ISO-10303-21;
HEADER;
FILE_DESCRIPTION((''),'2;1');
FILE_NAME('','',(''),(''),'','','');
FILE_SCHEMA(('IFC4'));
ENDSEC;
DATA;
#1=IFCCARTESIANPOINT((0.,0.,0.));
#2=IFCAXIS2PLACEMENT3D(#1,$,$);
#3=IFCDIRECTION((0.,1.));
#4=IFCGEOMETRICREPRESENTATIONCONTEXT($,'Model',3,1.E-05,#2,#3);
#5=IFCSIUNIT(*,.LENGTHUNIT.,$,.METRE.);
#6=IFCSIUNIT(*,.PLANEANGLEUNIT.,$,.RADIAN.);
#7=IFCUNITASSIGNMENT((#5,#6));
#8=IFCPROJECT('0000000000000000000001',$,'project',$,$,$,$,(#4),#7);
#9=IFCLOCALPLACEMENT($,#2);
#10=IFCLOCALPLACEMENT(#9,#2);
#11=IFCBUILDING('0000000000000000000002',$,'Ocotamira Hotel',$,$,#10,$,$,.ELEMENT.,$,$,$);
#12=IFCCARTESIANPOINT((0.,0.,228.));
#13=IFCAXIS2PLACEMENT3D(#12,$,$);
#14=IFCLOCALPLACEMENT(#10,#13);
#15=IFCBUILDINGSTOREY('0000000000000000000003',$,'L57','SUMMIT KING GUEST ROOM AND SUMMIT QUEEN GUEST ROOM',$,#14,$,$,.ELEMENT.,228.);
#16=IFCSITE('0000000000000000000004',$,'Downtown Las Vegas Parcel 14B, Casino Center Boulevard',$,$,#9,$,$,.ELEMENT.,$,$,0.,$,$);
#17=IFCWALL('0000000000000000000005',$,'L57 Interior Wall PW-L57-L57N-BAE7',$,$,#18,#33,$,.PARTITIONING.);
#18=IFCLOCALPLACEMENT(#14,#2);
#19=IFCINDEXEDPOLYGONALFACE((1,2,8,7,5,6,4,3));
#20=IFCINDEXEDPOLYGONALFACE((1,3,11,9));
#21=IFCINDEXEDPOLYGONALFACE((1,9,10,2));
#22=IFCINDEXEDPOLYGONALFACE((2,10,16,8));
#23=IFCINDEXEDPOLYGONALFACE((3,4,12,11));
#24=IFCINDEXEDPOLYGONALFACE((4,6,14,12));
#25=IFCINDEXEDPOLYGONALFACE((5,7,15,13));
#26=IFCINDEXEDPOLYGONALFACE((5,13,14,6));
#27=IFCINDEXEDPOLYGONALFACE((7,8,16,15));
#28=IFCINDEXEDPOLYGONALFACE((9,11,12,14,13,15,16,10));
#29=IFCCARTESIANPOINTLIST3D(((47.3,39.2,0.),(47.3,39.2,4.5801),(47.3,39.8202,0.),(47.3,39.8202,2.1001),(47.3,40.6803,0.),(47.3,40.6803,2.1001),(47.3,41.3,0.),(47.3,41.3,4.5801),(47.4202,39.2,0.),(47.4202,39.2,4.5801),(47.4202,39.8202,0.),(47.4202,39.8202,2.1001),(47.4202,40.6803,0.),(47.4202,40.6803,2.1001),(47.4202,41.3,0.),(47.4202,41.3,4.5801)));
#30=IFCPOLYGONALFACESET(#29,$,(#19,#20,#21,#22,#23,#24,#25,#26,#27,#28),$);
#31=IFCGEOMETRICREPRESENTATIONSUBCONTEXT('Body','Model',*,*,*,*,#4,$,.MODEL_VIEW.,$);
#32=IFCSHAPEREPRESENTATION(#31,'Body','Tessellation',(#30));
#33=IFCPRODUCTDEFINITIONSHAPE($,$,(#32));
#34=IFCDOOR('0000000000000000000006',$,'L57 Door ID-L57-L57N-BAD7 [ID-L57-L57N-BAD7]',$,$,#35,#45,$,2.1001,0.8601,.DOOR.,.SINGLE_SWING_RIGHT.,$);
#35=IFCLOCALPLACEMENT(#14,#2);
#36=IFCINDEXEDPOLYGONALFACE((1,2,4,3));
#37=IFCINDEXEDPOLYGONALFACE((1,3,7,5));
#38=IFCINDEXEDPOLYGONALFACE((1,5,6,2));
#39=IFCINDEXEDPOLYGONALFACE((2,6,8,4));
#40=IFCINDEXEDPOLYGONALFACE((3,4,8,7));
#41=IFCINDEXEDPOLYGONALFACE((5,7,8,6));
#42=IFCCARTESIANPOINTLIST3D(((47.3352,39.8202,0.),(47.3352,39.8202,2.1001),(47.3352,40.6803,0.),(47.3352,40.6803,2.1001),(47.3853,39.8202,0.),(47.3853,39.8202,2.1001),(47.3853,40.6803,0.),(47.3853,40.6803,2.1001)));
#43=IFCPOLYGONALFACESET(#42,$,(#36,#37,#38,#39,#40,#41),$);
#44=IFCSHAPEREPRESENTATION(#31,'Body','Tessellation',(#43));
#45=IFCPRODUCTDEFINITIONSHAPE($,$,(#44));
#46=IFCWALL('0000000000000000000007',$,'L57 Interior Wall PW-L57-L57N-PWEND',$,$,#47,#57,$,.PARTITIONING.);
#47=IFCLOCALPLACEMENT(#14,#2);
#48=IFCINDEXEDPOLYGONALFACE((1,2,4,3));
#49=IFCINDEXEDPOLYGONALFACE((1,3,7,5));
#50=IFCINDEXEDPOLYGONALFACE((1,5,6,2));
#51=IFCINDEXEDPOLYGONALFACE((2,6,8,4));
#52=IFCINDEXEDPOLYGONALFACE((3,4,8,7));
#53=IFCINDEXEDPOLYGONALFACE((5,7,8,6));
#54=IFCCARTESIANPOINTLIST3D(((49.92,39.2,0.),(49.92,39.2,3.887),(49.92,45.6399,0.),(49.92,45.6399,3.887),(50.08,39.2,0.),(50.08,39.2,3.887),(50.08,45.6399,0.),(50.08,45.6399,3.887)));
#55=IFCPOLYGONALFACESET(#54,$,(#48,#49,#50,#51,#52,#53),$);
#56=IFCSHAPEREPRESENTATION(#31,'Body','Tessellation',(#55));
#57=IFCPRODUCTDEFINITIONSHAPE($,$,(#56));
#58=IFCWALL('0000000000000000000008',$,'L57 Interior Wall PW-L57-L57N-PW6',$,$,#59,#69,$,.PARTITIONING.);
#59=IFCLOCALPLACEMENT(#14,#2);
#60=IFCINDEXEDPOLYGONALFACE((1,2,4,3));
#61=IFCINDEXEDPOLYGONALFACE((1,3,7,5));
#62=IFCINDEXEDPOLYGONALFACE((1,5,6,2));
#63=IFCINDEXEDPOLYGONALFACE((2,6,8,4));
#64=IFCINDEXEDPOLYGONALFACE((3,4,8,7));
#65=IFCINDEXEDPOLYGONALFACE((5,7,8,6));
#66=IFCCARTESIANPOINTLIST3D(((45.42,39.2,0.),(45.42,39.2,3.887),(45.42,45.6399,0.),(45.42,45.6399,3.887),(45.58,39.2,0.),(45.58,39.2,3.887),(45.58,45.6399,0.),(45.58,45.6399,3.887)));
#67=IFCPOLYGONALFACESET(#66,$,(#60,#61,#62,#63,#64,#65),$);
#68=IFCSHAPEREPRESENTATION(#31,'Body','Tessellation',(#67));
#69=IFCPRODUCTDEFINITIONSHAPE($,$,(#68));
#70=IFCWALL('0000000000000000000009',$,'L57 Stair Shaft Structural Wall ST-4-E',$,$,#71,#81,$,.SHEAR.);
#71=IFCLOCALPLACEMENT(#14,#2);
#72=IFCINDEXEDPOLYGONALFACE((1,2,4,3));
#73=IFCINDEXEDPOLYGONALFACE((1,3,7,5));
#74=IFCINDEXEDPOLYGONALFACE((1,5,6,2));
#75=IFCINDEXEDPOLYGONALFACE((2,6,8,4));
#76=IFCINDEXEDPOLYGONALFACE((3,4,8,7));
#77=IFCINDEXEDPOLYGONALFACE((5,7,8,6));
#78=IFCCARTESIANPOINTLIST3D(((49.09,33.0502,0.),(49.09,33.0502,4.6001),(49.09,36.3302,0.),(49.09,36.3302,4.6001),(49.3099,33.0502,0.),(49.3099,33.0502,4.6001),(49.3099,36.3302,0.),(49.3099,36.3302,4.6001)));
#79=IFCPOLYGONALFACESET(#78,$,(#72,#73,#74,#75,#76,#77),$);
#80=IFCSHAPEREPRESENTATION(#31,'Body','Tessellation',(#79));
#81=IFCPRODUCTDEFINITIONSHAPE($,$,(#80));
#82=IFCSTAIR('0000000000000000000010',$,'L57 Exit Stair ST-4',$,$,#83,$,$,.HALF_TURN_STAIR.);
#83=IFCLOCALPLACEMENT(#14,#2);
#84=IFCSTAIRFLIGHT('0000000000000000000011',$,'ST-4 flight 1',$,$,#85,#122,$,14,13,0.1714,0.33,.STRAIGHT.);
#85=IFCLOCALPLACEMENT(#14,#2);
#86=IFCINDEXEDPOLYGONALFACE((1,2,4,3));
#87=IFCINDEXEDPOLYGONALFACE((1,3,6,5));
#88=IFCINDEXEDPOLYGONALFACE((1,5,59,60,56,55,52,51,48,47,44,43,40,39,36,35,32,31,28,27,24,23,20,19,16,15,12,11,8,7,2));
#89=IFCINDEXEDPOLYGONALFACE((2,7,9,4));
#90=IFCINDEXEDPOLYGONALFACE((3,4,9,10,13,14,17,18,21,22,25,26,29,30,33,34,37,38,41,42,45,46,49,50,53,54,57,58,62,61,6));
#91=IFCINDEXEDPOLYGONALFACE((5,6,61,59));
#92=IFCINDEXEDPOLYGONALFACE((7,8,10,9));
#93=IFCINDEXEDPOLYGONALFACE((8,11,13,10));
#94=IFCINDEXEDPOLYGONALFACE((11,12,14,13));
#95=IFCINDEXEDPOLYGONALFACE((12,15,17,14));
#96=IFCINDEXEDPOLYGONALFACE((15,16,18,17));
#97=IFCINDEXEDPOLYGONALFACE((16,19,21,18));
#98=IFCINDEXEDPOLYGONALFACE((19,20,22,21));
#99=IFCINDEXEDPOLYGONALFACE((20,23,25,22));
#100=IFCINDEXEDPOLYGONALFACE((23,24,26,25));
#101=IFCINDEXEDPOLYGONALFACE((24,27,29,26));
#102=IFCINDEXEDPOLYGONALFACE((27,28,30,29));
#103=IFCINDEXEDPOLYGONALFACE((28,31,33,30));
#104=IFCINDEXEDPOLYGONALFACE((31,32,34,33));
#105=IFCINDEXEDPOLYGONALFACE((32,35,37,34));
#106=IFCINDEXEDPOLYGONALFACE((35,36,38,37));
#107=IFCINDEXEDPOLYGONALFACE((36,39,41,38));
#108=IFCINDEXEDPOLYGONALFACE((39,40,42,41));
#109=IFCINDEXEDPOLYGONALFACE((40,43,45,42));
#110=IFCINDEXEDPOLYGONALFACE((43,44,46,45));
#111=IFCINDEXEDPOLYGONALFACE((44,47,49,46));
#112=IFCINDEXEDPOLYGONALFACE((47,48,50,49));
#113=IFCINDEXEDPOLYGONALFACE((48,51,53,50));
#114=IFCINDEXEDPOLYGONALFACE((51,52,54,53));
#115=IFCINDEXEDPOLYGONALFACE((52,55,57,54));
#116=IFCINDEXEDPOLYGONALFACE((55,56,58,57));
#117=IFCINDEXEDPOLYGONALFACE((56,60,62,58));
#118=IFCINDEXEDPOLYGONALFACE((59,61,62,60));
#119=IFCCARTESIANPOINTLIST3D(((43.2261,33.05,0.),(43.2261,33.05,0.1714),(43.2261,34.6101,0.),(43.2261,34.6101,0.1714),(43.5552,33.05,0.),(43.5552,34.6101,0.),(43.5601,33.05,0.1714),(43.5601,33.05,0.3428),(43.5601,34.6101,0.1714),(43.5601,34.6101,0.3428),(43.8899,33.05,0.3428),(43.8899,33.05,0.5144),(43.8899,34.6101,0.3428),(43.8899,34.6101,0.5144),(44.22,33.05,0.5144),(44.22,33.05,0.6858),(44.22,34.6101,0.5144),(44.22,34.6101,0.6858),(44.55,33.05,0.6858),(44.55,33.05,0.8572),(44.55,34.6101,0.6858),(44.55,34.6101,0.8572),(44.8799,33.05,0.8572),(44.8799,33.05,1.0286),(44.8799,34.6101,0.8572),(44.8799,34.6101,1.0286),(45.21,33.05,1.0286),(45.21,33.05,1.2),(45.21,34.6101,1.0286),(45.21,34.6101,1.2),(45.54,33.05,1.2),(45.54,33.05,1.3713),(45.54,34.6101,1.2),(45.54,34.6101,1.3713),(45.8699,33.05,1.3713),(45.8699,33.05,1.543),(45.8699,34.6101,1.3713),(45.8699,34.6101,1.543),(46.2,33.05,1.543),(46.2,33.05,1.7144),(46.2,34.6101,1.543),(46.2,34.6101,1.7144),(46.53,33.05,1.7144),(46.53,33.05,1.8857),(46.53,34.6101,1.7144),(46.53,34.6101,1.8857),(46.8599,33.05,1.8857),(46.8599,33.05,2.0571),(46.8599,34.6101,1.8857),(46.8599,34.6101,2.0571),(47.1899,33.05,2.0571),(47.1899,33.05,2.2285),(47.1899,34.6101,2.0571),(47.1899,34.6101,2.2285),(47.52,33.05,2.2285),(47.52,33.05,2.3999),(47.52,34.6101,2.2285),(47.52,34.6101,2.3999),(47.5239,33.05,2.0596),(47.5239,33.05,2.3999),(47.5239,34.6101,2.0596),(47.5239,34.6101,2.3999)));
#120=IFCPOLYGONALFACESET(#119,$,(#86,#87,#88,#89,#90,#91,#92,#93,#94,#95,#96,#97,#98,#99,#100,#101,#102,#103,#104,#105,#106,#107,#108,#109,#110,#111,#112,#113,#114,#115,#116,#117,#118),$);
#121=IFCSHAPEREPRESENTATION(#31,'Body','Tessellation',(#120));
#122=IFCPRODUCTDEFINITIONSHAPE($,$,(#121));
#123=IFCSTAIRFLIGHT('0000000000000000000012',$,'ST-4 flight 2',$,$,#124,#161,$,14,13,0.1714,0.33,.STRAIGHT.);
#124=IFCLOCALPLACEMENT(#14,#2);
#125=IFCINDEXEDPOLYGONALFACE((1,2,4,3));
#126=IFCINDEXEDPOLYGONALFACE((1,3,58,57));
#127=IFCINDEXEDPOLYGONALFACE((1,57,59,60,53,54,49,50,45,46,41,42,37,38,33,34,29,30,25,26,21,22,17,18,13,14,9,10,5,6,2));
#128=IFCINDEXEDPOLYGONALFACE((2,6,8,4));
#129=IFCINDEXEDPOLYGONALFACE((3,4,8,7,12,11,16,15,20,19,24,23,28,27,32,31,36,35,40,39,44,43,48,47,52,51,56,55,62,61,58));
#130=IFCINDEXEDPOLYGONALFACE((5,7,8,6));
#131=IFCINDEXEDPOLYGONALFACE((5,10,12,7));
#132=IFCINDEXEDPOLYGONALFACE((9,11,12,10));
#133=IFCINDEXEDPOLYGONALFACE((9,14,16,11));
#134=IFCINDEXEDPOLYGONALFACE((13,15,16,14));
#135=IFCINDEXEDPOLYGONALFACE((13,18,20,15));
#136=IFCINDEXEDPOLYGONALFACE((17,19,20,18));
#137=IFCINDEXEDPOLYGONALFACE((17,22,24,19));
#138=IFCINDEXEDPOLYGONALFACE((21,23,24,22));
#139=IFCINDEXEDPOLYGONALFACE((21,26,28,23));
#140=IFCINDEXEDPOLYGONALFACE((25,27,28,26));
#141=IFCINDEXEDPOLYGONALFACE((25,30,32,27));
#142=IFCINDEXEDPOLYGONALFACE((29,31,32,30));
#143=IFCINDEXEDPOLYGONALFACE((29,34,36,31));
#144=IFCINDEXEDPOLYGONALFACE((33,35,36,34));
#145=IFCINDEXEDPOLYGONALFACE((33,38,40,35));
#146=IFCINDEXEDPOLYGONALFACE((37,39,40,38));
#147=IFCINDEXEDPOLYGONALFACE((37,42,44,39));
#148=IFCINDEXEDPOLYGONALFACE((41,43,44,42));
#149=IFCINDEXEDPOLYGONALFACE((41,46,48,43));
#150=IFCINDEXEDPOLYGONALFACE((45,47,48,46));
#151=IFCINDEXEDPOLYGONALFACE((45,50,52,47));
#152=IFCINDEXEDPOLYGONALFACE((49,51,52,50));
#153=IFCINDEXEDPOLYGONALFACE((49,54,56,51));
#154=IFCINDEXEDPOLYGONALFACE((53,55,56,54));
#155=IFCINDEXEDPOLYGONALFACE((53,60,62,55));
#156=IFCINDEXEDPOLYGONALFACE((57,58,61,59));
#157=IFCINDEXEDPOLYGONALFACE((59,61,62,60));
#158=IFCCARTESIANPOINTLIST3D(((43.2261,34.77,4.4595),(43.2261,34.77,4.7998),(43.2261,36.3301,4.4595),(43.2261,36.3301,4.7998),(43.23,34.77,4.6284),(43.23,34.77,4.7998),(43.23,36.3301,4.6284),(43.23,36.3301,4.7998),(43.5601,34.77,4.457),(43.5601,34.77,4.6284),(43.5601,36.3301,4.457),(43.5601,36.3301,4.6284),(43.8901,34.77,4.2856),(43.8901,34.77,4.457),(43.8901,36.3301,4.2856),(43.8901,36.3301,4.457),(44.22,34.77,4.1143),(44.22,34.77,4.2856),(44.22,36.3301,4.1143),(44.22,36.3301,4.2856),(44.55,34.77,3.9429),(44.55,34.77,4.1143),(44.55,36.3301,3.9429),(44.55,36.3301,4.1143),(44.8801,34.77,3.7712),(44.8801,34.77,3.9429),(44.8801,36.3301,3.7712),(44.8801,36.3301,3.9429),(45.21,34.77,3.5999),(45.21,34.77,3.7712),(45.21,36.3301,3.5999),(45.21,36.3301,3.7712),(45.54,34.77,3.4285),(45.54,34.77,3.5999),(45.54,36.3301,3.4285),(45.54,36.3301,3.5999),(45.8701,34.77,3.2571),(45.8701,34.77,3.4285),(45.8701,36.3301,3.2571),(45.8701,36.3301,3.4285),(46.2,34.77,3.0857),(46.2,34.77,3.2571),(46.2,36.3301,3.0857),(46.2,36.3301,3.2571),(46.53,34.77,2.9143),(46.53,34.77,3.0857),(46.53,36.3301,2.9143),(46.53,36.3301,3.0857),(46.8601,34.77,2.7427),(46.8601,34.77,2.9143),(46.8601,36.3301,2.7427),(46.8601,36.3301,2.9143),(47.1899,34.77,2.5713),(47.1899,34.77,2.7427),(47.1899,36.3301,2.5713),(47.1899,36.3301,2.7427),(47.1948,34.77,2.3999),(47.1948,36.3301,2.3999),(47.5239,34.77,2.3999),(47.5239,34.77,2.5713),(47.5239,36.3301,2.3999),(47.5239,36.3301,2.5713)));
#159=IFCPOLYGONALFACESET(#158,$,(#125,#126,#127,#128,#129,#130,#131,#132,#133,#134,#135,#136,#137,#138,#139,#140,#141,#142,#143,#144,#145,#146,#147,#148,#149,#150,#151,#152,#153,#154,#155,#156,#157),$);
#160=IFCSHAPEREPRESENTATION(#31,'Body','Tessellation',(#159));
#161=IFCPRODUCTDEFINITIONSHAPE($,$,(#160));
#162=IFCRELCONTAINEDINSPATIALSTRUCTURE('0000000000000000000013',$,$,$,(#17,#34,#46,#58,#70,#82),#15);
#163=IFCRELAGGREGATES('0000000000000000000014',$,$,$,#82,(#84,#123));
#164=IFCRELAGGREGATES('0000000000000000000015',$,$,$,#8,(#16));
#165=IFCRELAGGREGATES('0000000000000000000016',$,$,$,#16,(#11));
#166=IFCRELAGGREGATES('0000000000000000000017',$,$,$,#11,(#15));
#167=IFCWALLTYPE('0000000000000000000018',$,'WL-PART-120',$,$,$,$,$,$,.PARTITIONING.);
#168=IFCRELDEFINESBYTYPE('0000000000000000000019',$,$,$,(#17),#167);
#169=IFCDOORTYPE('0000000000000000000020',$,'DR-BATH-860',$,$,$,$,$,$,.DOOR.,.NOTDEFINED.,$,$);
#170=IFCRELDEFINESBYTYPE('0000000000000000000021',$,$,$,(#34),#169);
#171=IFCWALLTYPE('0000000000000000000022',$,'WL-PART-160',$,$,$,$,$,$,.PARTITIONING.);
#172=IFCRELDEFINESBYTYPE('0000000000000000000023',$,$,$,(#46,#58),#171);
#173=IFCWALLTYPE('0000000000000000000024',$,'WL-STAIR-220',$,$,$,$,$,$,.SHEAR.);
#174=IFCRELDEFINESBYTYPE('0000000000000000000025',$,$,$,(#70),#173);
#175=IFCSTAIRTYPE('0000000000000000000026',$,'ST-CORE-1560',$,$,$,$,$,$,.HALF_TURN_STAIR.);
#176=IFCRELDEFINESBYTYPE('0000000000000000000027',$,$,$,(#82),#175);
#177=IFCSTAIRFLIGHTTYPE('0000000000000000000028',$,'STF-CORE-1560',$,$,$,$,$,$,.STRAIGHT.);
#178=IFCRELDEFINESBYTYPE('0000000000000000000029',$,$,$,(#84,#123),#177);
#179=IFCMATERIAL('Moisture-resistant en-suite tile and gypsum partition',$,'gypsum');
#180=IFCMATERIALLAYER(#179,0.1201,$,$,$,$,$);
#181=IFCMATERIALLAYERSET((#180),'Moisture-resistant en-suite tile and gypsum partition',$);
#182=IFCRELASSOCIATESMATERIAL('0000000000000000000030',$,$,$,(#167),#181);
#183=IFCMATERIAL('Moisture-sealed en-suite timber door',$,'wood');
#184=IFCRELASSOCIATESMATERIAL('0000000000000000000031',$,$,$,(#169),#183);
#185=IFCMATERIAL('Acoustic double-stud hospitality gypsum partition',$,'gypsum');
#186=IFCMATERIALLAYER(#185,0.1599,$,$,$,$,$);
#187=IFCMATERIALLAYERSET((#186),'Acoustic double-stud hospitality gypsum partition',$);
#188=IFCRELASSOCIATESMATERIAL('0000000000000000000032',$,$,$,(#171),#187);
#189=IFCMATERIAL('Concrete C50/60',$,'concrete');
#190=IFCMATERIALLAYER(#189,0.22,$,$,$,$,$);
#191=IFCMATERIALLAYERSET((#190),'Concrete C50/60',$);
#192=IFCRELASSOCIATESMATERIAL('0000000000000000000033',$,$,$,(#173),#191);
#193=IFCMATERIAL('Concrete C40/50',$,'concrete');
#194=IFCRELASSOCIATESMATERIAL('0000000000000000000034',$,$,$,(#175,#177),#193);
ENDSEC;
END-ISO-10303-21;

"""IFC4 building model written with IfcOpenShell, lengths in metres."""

from ifc_helpers import new_model, si_unit, direction, frame, frame_2d, origin, place, context, subcontext, project, spatial, polyline, rectangle, outline, extrude, source, transform, mapped, material, layer, layer_set, type_object, element, fill, aggregate, save


model = new_model("IFC4")

# Units and contexts
model_context = context("Model", 3, precision=1e-05, world=origin(), true_north=direction((0.0, 1.0)))
body_context = subcontext(model_context, "Body", "Model", "MODEL_VIEW")
ifc_project = project(units=[si_unit("LENGTHUNIT", "METRE"), si_unit("PLANEANGLEUNIT", "RADIAN")], contexts=[model_context])

# Site, building, storey
site_placement = place(None, origin())
site = spatial("IfcSite", under=ifc_project, at=site_placement, Name="Downtown Las Vegas Parcel 14B, Casino Center Boulevard", CompositionType="ELEMENT", RefElevation=0.0)
building_placement = place(site_placement, origin())
building = spatial("IfcBuilding", under=site, at=building_placement, Name="Ocotamira Hotel", CompositionType="ELEMENT")
storey_placement = place(building_placement, frame((0.0, 0.0, 228.0)))
storey = spatial("IfcBuildingStorey", under=building, at=storey_placement, Name="L57", Description="SUMMIT KING GUEST ROOM AND SUMMIT QUEEN GUEST ROOM", CompositionType="ELEMENT", Elevation=228.0)

# Wall, opening, door
ifc_material_1 = material(Name="Moisture-resistant en-suite tile and gypsum partition", Category="gypsum")
ifc_layer_1 = layer(ifc_material_1, 0.1201)
ifc_layer_set_1 = layer_set([ifc_layer_1], Name="Moisture-resistant en-suite tile and gypsum partition")
wall_type_1 = type_object("IfcWallType", Name="WL-PART-120", PredefinedType="PARTITIONING", material=ifc_layer_set_1)
ifc_material_2 = material(Name="Moisture-sealed en-suite timber door", Category="wood")
door_type_1 = type_object("IfcDoorType", Name="DR-BATH-860", OperationType="NOTDEFINED", PredefinedType="DOOR", material=ifc_material_2)
shared_shape_1 = source(origin(), body_context, "Body", "SweptSolid", [
    extrude(rectangle(XDim=0.8601, YDim=2.1001, at=frame_2d((0.4302, 1.05))), frame((0.0, 0.0249, 0.0), z_axis=(0.0, -1.0, 0.0), x_axis=(1.0, 0.0, 0.0)), (0.0, 0.0, 1.0), 0.05),
])
wall_1_placement = place(storey_placement, frame((47.3601, 39.2, 0.0), z_axis=(0.0, 0.0, 1.0), x_axis=(0.0, 1.0, 0.0)))
wall_1 = element("IfcWall", 1, at=wall_1_placement, inside=storey, type_object=wall_type_1, Name="L57 Interior Wall PW-L57-L57N-BAE7", PredefinedType="PARTITIONING", context=body_context, shape_type="SweptSolid", body=[
    extrude(rectangle(XDim=2.1001, YDim=0.1201, at=frame_2d((1.05, 0.0))), origin(), (0.0, 0.0, 1.0), 4.5801),
])
opening_1_placement = place(wall_1_placement, frame((0.6201, 0.0, 0.0)))
opening_1 = element("IfcOpeningElement", 2, at=opening_1_placement, cuts=wall_1, PredefinedType="OPENING", context=body_context, shape_type="SweptSolid", body=[
    extrude(rectangle(XDim=0.8601, YDim=2.1001, at=frame_2d((0.4302, 1.05))), frame((0.0, 0.0701, 0.0), z_axis=(0.0, -1.0, 0.0), x_axis=(1.0, 0.0, 0.0)), (0.0, 0.0, 1.0), 0.1401),
])
door_1_placement = place(opening_1_placement, origin())
door_1 = element("IfcDoor", 3, at=door_1_placement, inside=storey, type_object=door_type_1, Name="L57 Door ID-L57-L57N-BAD7 [ID-L57-L57N-BAD7]", OperationType="SINGLE_SWING_RIGHT", OverallHeight=2.1001, OverallWidth=0.8601, PredefinedType="DOOR", context=body_context, shape_type="MappedRepresentation", body=[
    mapped(shared_shape_1, transform((0.0, 0.0, 0.0), scale=1.0)),
])
fill(opening_1, door_1)

# Walls
ifc_material_3 = material(Name="Acoustic double-stud hospitality gypsum partition", Category="gypsum")
ifc_layer_2 = layer(ifc_material_3, 0.1599)
ifc_layer_set_2 = layer_set([ifc_layer_2], Name="Acoustic double-stud hospitality gypsum partition")
wall_type_2 = type_object("IfcWallType", Name="WL-PART-160", PredefinedType="PARTITIONING", material=ifc_layer_set_2)
for number, where, z_axis, x_axis, name in (
    (4, (50.0, 39.2, 0.0), (0.0, 0.0, 1.0), (0.0, 1.0, 0.0), "L57 Interior Wall PW-L57-L57N-PWEND"),
    (5, (45.5, 39.2, 0.0), (0.0, 0.0, 1.0), (0.0, 1.0, 0.0), "L57 Interior Wall PW-L57-L57N-PW6"),
):
    element("IfcWall", number, at=place(storey_placement, frame(where, z_axis=z_axis, x_axis=x_axis)), inside=storey, type_object=wall_type_2, Name=name, PredefinedType="PARTITIONING", context=body_context, shape_type="SweptSolid", body=[
        extrude(rectangle(XDim=6.4399, YDim=0.1599, at=frame_2d((3.22, 0.0))), origin(), (0.0, 0.0, 1.0), 3.887),
    ])
ifc_material_4 = material(Name="Concrete C50/60", Category="concrete")
ifc_layer_3 = layer(ifc_material_4, 0.22)
ifc_layer_set_3 = layer_set([ifc_layer_3], Name="Concrete C50/60")
wall_type_3 = type_object("IfcWallType", Name="WL-STAIR-220", PredefinedType="SHEAR", material=ifc_layer_set_3)
wall_2_placement = place(storey_placement, frame((49.2, 33.05, 0.0), z_axis=(0.0, 0.0, 1.0), x_axis=(0.0, 1.0, 0.0)))
element("IfcWall", 6, at=wall_2_placement, inside=storey, type_object=wall_type_3, Name="L57 Stair Shaft Structural Wall ST-4-E", PredefinedType="SHEAR", context=body_context, shape_type="SweptSolid", body=[
    extrude(rectangle(XDim=3.28, YDim=0.22, at=frame_2d((1.6401, 0.0))), origin(), (0.0, 0.0, 1.0), 4.6001),
])

# Stair, stair flights
ifc_material_5 = material(Name="Concrete C40/50", Category="concrete")
stair_type = type_object("IfcStairType", Name="ST-CORE-1560", PredefinedType="HALF_TURN_STAIR", material=ifc_material_5)
stair_placement = place(storey_placement, origin())
stair = element("IfcStair", 7, at=stair_placement, inside=storey, type_object=stair_type, Name="L57 Exit Stair ST-4", PredefinedType="HALF_TURN_STAIR")
stair_flight_type = type_object("IfcStairFlightType", Name="STF-CORE-1560", PredefinedType="STRAIGHT", material=ifc_material_5)
shared_shape_2 = source(origin(), body_context, "Body", "SweptSolid", [
    extrude(outline(polyline([(-0.0039, 0.0), (-0.0039, 0.1714), (0.3301, 0.1714), (0.3301, 0.3428), (0.6599, 0.3428), (0.6599, 0.5144), (0.99, 0.5144), (0.99, 0.6858), (1.3201, 0.6858), (1.3201, 0.8572), (1.6499, 0.8572), (1.6499, 1.0286), (1.98, 1.0286), (1.98, 1.2), (2.3101, 1.2), (2.3101, 1.3713), (2.6399, 1.3713), (2.6399, 1.543), (2.97, 1.543), (2.97, 1.7144), (3.3, 1.7144), (3.3, 1.8857), (3.6299, 1.8857), (3.6299, 2.0571), (3.96, 2.0571), (3.96, 2.2285), (4.29, 2.2285), (4.29, 2.3999), (4.2939, 2.3999), (4.2939, 2.0596), (0.3252, 0.0), (-0.0039, 0.0)])), frame((0.0, 0.78, 0.0), z_axis=(0.0, -1.0, 0.0), x_axis=(1.0, 0.0, 0.0)), (0.0, 0.0, 1.0), 1.5601),
])
stair_flight_1_placement = place(storey_placement, frame((43.23, 33.8301, 0.0), z_axis=(0.0, 0.0, 1.0), x_axis=(1.0, 0.0, 0.0)))
stair_flight_1 = element("IfcStairFlight", 8, at=stair_flight_1_placement, type_object=stair_flight_type, Name="ST-4 flight 1", NumberOfRisers=14, NumberOfTreads=13, PredefinedType="STRAIGHT", RiserHeight=0.1714, TreadLength=0.33, context=body_context, shape_type="MappedRepresentation", body=[
    mapped(shared_shape_2, transform((0.0, 0.0, 0.0), scale=1.0)),
])
stair_flight_2_placement = place(storey_placement, frame((47.52, 35.55, 2.3999), z_axis=(0.0, 0.0, 1.0), x_axis=(-1.0, 0.0, 0.0)))
stair_flight_2 = element("IfcStairFlight", 9, at=stair_flight_2_placement, type_object=stair_flight_type, Name="ST-4 flight 2", NumberOfRisers=14, NumberOfTreads=13, PredefinedType="STRAIGHT", RiserHeight=0.1714, TreadLength=0.33, context=body_context, shape_type="MappedRepresentation", body=[
    mapped(shared_shape_2, transform((0.0, 0.0, 0.0), scale=1.0)),
])
aggregate(stair, [stair_flight_1, stair_flight_2])

save(model, "model.ifc")
